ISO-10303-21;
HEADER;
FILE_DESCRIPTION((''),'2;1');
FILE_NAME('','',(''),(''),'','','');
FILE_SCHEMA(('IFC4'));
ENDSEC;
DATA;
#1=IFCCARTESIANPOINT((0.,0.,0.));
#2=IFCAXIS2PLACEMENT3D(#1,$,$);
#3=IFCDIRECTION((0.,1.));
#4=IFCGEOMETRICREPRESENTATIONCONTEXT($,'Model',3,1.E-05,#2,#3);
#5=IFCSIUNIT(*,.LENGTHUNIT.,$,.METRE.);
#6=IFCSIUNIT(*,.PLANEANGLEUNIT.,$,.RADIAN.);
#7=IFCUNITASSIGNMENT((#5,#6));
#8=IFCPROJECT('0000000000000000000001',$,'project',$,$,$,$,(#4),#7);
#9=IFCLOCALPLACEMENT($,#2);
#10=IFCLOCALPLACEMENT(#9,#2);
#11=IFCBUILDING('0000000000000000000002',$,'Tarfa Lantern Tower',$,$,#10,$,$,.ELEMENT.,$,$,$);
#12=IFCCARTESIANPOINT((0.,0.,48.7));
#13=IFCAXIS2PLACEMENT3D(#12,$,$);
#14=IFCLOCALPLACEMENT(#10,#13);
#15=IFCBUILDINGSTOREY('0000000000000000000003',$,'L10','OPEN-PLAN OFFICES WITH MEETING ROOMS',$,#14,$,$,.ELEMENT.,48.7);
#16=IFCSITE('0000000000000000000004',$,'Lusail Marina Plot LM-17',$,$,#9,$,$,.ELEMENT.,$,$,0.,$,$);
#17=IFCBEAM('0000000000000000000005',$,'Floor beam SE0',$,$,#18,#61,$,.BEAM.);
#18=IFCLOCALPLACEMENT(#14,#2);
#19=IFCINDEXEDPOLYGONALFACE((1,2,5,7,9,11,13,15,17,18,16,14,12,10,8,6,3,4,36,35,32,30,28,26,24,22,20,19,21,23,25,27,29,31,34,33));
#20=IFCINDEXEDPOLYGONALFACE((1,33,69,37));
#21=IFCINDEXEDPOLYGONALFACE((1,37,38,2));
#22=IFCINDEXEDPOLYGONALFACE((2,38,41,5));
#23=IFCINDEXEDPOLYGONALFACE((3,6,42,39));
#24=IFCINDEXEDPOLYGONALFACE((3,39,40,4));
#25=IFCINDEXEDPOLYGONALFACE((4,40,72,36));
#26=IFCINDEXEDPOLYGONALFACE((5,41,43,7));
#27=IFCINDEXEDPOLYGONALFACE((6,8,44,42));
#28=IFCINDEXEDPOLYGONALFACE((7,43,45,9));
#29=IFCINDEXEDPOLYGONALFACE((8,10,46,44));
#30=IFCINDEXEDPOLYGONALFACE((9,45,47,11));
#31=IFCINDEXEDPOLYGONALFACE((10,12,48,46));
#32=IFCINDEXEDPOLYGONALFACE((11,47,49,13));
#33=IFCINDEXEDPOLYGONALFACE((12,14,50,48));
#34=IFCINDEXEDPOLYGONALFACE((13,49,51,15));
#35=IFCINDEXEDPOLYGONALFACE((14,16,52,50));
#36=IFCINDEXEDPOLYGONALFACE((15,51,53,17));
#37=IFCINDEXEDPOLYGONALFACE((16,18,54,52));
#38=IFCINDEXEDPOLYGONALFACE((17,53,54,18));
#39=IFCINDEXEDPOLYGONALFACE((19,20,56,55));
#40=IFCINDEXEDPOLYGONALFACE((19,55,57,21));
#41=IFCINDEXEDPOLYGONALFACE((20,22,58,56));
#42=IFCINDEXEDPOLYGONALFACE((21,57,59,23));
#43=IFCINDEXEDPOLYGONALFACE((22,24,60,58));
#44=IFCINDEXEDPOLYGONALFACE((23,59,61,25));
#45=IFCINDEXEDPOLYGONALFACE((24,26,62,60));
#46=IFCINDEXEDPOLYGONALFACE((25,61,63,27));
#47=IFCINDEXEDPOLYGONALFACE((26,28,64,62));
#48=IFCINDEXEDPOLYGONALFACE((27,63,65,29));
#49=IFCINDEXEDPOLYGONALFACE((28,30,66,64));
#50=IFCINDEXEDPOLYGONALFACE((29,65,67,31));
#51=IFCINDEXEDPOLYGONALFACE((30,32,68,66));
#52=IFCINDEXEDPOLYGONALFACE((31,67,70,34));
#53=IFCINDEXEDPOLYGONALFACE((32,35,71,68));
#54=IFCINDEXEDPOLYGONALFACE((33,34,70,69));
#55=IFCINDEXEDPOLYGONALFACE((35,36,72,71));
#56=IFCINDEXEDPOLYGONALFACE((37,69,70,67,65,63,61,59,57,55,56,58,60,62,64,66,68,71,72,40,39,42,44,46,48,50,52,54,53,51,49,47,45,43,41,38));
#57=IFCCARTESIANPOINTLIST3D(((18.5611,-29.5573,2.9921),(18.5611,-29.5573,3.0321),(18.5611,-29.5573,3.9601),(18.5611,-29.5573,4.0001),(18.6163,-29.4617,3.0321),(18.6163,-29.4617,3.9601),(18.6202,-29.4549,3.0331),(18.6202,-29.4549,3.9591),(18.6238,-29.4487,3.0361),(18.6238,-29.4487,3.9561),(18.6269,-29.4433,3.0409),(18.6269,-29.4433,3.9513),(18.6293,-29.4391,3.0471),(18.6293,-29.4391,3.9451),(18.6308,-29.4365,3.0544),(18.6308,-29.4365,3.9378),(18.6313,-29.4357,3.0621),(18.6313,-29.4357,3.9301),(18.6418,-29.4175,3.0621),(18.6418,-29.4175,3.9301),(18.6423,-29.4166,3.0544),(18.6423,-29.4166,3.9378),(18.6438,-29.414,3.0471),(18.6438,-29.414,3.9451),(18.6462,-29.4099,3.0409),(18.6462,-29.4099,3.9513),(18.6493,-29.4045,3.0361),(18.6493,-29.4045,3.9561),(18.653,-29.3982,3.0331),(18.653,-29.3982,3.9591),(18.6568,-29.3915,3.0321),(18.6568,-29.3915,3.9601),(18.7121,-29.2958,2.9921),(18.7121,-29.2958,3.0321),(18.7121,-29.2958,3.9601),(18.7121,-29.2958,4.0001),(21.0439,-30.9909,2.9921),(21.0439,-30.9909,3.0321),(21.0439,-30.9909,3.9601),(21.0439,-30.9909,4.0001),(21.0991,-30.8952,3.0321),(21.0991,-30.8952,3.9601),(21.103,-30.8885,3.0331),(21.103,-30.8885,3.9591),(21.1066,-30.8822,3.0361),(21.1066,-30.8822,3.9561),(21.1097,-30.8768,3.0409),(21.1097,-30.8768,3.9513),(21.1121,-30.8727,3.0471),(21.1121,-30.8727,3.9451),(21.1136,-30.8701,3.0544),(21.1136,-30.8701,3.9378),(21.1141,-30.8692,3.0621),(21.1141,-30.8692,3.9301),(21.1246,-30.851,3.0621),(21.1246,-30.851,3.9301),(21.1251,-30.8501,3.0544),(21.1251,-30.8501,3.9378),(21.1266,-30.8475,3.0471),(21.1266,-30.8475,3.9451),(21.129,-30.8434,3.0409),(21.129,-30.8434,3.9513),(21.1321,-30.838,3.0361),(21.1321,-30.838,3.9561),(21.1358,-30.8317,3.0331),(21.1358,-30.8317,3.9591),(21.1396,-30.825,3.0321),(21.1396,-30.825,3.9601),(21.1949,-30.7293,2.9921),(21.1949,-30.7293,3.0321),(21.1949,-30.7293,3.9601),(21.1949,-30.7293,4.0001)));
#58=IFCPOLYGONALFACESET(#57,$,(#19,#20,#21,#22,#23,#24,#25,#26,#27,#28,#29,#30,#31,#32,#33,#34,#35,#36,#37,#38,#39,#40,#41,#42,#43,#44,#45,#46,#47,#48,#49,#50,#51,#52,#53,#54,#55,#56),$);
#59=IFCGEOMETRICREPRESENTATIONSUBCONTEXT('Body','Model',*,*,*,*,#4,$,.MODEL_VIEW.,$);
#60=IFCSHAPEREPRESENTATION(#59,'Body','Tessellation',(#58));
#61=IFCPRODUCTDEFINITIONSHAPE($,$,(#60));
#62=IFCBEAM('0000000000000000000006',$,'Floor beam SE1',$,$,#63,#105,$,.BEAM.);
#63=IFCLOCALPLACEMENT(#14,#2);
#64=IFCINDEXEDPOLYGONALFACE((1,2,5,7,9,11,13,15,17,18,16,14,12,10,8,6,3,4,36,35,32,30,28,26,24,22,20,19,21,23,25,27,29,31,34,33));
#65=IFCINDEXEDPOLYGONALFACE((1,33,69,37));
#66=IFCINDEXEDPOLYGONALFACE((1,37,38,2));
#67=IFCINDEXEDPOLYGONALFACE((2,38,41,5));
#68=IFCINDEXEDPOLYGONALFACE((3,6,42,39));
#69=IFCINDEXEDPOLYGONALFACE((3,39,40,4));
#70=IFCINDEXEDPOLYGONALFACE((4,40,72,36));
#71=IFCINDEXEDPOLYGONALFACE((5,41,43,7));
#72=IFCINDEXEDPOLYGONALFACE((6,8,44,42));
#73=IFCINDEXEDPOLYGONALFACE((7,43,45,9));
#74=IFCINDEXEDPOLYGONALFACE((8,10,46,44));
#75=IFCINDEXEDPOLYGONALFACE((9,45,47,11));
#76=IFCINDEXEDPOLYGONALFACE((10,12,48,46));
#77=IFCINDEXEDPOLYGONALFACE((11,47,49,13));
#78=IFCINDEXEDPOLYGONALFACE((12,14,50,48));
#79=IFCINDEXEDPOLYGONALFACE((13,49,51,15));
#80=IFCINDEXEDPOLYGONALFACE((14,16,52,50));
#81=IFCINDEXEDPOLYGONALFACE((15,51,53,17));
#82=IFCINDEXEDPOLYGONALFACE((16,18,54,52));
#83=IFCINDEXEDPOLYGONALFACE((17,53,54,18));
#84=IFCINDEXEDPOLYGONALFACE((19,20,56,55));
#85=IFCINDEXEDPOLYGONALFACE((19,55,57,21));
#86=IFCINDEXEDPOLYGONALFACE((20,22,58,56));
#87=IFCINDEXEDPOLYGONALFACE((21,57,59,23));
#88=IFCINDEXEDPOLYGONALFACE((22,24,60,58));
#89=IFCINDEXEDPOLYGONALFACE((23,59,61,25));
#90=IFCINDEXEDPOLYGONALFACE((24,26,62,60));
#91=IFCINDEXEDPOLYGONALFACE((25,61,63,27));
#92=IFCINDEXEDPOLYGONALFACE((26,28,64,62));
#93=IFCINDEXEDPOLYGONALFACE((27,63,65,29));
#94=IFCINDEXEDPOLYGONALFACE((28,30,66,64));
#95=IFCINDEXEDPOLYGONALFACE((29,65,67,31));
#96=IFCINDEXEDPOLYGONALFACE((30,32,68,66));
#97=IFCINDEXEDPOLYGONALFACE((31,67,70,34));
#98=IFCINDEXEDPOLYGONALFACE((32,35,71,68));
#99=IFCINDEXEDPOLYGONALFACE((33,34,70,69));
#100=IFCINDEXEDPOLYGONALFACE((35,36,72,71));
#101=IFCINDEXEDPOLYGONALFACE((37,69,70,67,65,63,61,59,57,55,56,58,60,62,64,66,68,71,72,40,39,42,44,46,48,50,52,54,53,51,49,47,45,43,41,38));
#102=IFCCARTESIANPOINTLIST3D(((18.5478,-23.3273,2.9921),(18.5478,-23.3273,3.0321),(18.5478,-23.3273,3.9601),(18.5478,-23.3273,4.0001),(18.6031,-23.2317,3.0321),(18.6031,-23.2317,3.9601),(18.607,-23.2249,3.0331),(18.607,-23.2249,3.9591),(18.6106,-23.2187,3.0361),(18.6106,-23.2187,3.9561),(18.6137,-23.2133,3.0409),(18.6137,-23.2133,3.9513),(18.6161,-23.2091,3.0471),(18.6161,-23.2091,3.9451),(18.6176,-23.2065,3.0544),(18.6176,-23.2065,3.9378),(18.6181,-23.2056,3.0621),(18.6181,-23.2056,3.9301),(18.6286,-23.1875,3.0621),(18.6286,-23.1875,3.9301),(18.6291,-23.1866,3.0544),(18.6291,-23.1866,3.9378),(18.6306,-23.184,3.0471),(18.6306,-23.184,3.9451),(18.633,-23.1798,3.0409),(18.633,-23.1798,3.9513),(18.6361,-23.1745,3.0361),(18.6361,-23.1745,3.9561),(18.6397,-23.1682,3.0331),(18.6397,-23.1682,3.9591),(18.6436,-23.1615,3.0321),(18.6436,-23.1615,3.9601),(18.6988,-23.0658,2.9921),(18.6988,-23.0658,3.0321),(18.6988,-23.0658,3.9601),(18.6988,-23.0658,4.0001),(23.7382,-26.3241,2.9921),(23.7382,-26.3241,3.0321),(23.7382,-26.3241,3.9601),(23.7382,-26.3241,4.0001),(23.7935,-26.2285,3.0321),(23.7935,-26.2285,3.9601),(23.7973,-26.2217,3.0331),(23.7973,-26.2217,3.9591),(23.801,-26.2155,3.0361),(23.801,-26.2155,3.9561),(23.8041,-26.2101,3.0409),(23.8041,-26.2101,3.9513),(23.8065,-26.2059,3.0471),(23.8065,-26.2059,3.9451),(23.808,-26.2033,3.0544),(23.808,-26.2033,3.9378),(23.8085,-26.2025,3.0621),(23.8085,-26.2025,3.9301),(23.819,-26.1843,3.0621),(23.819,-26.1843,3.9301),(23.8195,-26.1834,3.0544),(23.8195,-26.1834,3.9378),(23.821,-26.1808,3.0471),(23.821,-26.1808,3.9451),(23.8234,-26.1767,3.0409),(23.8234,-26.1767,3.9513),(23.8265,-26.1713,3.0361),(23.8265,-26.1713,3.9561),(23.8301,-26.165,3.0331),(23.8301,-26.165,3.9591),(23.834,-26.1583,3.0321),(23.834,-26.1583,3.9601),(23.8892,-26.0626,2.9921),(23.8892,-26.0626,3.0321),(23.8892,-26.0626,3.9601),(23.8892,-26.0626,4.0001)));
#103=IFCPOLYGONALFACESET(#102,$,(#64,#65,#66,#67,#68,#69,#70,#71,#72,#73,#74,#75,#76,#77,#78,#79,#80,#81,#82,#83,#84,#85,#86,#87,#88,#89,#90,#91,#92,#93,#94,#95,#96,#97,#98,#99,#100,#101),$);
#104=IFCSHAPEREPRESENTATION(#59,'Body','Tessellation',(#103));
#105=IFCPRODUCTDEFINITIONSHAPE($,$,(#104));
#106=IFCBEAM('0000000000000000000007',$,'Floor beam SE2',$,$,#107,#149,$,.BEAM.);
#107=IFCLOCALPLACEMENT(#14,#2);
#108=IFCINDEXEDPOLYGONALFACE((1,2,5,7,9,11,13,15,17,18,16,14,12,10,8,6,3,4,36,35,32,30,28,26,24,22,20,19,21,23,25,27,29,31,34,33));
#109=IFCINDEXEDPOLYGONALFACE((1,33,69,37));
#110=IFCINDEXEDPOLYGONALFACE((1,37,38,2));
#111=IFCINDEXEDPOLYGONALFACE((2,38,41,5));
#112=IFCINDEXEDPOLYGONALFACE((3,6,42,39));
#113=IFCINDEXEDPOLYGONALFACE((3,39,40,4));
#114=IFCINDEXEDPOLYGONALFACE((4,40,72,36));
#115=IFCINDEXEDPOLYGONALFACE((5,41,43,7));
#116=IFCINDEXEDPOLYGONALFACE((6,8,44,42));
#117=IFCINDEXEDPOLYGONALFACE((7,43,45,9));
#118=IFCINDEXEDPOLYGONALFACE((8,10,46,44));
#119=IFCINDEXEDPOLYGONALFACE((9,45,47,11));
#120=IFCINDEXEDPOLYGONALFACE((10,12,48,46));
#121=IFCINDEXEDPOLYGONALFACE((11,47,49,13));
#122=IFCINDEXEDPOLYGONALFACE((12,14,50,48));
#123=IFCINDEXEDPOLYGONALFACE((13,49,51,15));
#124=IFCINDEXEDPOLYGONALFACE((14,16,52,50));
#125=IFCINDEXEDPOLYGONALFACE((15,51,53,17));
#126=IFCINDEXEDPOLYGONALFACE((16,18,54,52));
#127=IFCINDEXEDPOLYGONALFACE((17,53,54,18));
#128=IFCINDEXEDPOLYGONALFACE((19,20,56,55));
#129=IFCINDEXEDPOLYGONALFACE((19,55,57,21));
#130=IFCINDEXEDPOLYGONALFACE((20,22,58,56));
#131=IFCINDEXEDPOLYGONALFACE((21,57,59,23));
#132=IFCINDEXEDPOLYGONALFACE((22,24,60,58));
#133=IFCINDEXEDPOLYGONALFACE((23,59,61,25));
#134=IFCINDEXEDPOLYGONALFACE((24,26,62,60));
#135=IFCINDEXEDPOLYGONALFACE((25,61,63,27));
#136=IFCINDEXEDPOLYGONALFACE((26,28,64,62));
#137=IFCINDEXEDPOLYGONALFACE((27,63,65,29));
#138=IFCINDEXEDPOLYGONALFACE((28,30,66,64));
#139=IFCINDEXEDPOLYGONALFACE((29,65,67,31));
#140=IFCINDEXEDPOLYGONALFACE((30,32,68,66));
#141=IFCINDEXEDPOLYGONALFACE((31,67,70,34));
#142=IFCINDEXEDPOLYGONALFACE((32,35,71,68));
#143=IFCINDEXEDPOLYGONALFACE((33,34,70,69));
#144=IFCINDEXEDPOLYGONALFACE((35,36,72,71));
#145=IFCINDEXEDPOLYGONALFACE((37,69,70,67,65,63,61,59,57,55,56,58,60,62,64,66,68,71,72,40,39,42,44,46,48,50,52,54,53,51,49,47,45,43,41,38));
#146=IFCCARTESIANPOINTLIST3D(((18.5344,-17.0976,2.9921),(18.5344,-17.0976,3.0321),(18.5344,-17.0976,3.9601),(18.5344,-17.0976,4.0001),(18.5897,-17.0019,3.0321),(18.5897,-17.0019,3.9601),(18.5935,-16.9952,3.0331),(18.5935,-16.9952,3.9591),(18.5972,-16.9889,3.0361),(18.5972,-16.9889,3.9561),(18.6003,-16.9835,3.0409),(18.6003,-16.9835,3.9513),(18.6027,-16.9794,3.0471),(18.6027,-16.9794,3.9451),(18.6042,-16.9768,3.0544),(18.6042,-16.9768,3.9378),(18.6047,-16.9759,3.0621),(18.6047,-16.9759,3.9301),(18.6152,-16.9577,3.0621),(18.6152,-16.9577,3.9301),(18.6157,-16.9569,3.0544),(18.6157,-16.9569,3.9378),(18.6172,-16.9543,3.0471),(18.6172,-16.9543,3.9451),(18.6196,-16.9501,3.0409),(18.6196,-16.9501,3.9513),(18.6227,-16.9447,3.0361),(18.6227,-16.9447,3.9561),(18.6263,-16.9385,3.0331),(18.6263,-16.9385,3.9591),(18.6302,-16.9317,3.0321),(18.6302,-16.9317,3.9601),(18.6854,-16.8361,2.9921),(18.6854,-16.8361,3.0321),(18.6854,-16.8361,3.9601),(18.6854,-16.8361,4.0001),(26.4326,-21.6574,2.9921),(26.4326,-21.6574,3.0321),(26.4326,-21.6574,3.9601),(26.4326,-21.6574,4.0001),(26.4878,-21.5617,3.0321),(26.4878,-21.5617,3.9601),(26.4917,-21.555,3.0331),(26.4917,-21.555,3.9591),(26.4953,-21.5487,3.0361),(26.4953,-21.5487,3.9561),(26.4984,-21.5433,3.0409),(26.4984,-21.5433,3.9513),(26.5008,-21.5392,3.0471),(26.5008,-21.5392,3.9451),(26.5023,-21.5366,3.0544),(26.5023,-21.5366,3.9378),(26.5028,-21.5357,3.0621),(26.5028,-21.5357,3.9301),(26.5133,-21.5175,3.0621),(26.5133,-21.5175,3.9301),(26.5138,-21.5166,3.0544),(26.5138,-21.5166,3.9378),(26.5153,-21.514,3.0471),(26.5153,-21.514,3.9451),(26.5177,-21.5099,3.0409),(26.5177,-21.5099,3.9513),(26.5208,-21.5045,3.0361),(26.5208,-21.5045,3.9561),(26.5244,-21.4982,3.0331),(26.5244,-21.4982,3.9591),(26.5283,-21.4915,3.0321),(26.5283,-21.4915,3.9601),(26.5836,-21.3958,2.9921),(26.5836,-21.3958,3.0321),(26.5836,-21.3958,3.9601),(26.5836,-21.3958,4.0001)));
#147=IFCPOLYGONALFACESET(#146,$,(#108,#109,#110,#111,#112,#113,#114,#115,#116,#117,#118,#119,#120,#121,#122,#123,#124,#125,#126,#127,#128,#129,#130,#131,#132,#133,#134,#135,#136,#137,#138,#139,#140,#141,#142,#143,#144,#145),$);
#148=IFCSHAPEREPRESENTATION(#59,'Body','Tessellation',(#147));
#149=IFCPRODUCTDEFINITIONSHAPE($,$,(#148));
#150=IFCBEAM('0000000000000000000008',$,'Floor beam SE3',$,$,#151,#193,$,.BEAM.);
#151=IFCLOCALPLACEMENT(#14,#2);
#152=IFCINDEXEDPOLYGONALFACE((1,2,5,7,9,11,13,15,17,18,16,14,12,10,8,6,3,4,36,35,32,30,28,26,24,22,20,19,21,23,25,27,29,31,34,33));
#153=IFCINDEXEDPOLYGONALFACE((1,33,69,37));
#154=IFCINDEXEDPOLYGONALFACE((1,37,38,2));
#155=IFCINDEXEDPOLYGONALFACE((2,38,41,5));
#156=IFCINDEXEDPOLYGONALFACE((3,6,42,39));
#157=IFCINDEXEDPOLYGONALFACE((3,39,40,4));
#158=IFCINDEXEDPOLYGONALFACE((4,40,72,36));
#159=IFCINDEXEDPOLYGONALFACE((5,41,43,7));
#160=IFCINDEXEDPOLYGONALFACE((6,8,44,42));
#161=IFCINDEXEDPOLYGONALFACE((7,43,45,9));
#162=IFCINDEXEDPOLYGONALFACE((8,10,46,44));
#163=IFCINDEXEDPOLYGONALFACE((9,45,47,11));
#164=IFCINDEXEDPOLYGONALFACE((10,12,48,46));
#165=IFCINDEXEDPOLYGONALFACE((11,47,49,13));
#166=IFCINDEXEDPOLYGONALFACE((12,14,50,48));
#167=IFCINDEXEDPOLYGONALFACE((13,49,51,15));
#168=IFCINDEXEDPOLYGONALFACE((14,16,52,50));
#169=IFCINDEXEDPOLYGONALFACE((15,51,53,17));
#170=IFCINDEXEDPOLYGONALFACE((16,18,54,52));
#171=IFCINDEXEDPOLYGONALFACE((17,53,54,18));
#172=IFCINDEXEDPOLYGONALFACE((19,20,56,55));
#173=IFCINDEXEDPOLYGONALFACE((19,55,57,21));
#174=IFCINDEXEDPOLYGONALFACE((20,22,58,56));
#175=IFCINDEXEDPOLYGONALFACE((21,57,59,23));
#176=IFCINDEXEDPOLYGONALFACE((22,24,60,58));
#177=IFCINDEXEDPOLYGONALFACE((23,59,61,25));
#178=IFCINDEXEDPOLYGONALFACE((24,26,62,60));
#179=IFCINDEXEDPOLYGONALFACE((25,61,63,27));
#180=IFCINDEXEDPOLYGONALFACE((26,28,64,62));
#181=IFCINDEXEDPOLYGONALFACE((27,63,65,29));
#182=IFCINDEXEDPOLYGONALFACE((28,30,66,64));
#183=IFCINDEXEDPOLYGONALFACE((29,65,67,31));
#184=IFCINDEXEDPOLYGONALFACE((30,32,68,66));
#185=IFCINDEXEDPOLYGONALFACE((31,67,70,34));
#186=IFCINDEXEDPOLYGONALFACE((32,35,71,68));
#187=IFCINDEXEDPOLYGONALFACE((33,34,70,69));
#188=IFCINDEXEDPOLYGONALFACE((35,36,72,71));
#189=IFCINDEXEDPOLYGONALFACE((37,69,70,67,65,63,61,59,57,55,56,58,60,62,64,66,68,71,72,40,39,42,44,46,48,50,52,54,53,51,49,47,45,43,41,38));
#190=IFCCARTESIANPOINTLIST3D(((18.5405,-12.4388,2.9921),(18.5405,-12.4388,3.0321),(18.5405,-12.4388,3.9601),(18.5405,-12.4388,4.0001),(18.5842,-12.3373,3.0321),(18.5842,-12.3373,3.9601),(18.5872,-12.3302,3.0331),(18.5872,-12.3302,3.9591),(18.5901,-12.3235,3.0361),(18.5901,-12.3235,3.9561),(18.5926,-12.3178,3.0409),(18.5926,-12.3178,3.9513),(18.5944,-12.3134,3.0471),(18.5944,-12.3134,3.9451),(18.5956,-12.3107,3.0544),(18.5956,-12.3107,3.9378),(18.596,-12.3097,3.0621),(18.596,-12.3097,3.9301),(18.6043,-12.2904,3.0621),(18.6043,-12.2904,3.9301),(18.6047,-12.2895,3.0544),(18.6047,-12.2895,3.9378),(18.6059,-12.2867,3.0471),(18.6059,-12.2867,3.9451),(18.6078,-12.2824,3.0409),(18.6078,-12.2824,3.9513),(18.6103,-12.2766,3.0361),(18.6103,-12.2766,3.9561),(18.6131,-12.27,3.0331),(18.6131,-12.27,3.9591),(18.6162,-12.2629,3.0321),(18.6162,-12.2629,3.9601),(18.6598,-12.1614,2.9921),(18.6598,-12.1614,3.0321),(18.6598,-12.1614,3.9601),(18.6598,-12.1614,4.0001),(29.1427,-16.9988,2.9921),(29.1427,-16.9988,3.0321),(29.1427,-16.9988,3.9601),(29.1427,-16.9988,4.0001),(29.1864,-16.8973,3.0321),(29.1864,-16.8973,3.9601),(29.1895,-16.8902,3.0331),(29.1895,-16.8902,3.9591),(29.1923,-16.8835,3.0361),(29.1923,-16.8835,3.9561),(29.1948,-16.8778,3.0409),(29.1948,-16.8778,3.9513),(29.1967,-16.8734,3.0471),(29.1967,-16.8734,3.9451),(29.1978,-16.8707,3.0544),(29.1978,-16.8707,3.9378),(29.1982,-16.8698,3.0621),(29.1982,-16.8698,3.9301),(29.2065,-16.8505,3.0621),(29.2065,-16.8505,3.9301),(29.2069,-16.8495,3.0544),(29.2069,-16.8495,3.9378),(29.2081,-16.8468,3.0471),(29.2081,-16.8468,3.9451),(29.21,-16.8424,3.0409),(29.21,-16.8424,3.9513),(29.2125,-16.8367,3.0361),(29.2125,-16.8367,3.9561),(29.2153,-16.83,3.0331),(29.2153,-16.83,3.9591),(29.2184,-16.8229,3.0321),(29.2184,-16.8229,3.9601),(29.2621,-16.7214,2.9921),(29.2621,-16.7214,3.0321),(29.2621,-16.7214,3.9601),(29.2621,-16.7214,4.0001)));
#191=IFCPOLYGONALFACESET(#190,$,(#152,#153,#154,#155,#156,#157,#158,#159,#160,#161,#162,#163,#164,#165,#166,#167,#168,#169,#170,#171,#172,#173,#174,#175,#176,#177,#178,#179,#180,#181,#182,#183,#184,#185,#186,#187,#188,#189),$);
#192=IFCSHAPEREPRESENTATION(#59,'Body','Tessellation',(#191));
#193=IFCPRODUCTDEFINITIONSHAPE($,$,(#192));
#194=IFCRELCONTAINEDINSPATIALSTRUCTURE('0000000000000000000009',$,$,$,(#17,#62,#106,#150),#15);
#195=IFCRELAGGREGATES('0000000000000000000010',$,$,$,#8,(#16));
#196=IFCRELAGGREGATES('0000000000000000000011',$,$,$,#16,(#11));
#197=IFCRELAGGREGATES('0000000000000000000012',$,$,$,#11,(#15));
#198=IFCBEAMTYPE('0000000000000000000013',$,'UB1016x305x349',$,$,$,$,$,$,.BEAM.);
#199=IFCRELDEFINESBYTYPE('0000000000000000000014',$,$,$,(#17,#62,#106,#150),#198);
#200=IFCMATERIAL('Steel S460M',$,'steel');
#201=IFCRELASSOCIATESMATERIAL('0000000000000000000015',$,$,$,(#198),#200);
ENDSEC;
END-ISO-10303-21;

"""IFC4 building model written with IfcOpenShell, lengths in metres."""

from ifc_helpers import new_model, si_unit, direction, frame, origin, origin_2d, place, context, subcontext, project, spatial, i_section, extrude, material, material_profile, profile_set, type_object, element, save


model = new_model("IFC4")

# Units and contexts
model_context = context("Model", 3, precision=1e-05, world=origin(), true_north=direction((0.0, 1.0)))
body_context = subcontext(model_context, "Body", "Model", "MODEL_VIEW")
ifc_project = project(units=[si_unit("LENGTHUNIT", "METRE"), si_unit("PLANEANGLEUNIT", "RADIAN")], contexts=[model_context])

# Site, building, storey
site_placement = place(None, origin())
site = spatial("IfcSite", under=ifc_project, at=site_placement, Name="Lusail Marina Plot LM-17", CompositionType="ELEMENT", RefElevation=0.0)
building_placement = place(site_placement, origin())
building = spatial("IfcBuilding", under=site, at=building_placement, Name="Tarfa Lantern Tower", CompositionType="ELEMENT")
storey_placement = place(building_placement, frame((0.0, 0.0, 48.7)))
storey = spatial("IfcBuildingStorey", under=building, at=storey_placement, Name="L10", Description="OPEN-PLAN OFFICES WITH MEETING ROOMS", CompositionType="ELEMENT", Elevation=48.7)

# Beams
ifc_material_1 = material(Name="Steel S460M", Category="steel")
ifc_material_profile_1 = material_profile(ifc_material_1, i_section(OverallWidth=0.302, OverallDepth=1.0081, WebThickness=0.021, FlangeThickness=0.04, FilletRadius=0.03, at=origin_2d()), Name="UB1016x305x349")
ifc_profile_set_1 = profile_set([ifc_material_profile_1], Name="Steel S460M")
beam_type_1 = type_object("IfcBeamType", Name="UB1016x305x349", PredefinedType="BEAM", material=ifc_profile_set_1)
beam_1_placement = place(storey_placement, frame((21.1194, -30.8601, 3.4961), z_axis=(-0.866013, 0.500022, 0.0), x_axis=(-0.500022, -0.866013, 0.0)))
element("IfcBeam", 1, at=beam_1_placement, inside=storey, type_object=beam_type_1, Name="Floor beam SE0", PredefinedType="BEAM", context=body_context, shape_type="SweptSolid", body=[
    extrude(i_section(OverallWidth=0.302, OverallDepth=1.0081, WebThickness=0.021, FlangeThickness=0.04, FilletRadius=0.03, at=origin_2d()), origin(), (0.0, 0.0, 1.0), 2.8669),
])
beam_2_placement = place(storey_placement, frame((23.8137, -26.1934, 3.4961), z_axis=(-0.866016, 0.500016, 0.0), x_axis=(-0.500016, -0.866016, 0.0)))
element("IfcBeam", 2, at=beam_2_placement, inside=storey, type_object=beam_type_1, Name="Floor beam SE1", PredefinedType="BEAM", context=body_context, shape_type="SweptSolid", body=[
    extrude(i_section(OverallWidth=0.302, OverallDepth=1.0081, WebThickness=0.021, FlangeThickness=0.04, FilletRadius=0.03, at=origin_2d()), origin(), (0.0, 0.0, 1.0), 5.9934),
])
beam_3_placement = place(storey_placement, frame((26.5081, -21.5266, 3.4961), z_axis=(-0.866035, 0.499983, 0.0), x_axis=(-0.499983, -0.866035, 0.0)))
element("IfcBeam", 3, at=beam_3_placement, inside=storey, type_object=beam_type_1, Name="Floor beam SE2", PredefinedType="BEAM", context=body_context, shape_type="SweptSolid", body=[
    extrude(i_section(OverallWidth=0.302, OverallDepth=1.0081, WebThickness=0.021, FlangeThickness=0.04, FilletRadius=0.03, at=origin_2d()), origin(), (0.0, 0.0, 1.0), 9.1199),
])
beam_4_placement = place(storey_placement, frame((29.2024, -16.8601, 3.4961), z_axis=(-0.918635, 0.395106, 0.0), x_axis=(-0.395106, -0.918635, 0.0)))
element("IfcBeam", 4, at=beam_4_placement, inside=storey, type_object=beam_type_1, Name="Floor beam SE3", PredefinedType="BEAM", context=body_context, shape_type="SweptSolid", body=[
    extrude(i_section(OverallWidth=0.302, OverallDepth=1.0081, WebThickness=0.021, FlangeThickness=0.04, FilletRadius=0.03, at=origin_2d()), origin(), (0.0, 0.0, 1.0), 11.5413),
])

save(model, "model.ifc")
